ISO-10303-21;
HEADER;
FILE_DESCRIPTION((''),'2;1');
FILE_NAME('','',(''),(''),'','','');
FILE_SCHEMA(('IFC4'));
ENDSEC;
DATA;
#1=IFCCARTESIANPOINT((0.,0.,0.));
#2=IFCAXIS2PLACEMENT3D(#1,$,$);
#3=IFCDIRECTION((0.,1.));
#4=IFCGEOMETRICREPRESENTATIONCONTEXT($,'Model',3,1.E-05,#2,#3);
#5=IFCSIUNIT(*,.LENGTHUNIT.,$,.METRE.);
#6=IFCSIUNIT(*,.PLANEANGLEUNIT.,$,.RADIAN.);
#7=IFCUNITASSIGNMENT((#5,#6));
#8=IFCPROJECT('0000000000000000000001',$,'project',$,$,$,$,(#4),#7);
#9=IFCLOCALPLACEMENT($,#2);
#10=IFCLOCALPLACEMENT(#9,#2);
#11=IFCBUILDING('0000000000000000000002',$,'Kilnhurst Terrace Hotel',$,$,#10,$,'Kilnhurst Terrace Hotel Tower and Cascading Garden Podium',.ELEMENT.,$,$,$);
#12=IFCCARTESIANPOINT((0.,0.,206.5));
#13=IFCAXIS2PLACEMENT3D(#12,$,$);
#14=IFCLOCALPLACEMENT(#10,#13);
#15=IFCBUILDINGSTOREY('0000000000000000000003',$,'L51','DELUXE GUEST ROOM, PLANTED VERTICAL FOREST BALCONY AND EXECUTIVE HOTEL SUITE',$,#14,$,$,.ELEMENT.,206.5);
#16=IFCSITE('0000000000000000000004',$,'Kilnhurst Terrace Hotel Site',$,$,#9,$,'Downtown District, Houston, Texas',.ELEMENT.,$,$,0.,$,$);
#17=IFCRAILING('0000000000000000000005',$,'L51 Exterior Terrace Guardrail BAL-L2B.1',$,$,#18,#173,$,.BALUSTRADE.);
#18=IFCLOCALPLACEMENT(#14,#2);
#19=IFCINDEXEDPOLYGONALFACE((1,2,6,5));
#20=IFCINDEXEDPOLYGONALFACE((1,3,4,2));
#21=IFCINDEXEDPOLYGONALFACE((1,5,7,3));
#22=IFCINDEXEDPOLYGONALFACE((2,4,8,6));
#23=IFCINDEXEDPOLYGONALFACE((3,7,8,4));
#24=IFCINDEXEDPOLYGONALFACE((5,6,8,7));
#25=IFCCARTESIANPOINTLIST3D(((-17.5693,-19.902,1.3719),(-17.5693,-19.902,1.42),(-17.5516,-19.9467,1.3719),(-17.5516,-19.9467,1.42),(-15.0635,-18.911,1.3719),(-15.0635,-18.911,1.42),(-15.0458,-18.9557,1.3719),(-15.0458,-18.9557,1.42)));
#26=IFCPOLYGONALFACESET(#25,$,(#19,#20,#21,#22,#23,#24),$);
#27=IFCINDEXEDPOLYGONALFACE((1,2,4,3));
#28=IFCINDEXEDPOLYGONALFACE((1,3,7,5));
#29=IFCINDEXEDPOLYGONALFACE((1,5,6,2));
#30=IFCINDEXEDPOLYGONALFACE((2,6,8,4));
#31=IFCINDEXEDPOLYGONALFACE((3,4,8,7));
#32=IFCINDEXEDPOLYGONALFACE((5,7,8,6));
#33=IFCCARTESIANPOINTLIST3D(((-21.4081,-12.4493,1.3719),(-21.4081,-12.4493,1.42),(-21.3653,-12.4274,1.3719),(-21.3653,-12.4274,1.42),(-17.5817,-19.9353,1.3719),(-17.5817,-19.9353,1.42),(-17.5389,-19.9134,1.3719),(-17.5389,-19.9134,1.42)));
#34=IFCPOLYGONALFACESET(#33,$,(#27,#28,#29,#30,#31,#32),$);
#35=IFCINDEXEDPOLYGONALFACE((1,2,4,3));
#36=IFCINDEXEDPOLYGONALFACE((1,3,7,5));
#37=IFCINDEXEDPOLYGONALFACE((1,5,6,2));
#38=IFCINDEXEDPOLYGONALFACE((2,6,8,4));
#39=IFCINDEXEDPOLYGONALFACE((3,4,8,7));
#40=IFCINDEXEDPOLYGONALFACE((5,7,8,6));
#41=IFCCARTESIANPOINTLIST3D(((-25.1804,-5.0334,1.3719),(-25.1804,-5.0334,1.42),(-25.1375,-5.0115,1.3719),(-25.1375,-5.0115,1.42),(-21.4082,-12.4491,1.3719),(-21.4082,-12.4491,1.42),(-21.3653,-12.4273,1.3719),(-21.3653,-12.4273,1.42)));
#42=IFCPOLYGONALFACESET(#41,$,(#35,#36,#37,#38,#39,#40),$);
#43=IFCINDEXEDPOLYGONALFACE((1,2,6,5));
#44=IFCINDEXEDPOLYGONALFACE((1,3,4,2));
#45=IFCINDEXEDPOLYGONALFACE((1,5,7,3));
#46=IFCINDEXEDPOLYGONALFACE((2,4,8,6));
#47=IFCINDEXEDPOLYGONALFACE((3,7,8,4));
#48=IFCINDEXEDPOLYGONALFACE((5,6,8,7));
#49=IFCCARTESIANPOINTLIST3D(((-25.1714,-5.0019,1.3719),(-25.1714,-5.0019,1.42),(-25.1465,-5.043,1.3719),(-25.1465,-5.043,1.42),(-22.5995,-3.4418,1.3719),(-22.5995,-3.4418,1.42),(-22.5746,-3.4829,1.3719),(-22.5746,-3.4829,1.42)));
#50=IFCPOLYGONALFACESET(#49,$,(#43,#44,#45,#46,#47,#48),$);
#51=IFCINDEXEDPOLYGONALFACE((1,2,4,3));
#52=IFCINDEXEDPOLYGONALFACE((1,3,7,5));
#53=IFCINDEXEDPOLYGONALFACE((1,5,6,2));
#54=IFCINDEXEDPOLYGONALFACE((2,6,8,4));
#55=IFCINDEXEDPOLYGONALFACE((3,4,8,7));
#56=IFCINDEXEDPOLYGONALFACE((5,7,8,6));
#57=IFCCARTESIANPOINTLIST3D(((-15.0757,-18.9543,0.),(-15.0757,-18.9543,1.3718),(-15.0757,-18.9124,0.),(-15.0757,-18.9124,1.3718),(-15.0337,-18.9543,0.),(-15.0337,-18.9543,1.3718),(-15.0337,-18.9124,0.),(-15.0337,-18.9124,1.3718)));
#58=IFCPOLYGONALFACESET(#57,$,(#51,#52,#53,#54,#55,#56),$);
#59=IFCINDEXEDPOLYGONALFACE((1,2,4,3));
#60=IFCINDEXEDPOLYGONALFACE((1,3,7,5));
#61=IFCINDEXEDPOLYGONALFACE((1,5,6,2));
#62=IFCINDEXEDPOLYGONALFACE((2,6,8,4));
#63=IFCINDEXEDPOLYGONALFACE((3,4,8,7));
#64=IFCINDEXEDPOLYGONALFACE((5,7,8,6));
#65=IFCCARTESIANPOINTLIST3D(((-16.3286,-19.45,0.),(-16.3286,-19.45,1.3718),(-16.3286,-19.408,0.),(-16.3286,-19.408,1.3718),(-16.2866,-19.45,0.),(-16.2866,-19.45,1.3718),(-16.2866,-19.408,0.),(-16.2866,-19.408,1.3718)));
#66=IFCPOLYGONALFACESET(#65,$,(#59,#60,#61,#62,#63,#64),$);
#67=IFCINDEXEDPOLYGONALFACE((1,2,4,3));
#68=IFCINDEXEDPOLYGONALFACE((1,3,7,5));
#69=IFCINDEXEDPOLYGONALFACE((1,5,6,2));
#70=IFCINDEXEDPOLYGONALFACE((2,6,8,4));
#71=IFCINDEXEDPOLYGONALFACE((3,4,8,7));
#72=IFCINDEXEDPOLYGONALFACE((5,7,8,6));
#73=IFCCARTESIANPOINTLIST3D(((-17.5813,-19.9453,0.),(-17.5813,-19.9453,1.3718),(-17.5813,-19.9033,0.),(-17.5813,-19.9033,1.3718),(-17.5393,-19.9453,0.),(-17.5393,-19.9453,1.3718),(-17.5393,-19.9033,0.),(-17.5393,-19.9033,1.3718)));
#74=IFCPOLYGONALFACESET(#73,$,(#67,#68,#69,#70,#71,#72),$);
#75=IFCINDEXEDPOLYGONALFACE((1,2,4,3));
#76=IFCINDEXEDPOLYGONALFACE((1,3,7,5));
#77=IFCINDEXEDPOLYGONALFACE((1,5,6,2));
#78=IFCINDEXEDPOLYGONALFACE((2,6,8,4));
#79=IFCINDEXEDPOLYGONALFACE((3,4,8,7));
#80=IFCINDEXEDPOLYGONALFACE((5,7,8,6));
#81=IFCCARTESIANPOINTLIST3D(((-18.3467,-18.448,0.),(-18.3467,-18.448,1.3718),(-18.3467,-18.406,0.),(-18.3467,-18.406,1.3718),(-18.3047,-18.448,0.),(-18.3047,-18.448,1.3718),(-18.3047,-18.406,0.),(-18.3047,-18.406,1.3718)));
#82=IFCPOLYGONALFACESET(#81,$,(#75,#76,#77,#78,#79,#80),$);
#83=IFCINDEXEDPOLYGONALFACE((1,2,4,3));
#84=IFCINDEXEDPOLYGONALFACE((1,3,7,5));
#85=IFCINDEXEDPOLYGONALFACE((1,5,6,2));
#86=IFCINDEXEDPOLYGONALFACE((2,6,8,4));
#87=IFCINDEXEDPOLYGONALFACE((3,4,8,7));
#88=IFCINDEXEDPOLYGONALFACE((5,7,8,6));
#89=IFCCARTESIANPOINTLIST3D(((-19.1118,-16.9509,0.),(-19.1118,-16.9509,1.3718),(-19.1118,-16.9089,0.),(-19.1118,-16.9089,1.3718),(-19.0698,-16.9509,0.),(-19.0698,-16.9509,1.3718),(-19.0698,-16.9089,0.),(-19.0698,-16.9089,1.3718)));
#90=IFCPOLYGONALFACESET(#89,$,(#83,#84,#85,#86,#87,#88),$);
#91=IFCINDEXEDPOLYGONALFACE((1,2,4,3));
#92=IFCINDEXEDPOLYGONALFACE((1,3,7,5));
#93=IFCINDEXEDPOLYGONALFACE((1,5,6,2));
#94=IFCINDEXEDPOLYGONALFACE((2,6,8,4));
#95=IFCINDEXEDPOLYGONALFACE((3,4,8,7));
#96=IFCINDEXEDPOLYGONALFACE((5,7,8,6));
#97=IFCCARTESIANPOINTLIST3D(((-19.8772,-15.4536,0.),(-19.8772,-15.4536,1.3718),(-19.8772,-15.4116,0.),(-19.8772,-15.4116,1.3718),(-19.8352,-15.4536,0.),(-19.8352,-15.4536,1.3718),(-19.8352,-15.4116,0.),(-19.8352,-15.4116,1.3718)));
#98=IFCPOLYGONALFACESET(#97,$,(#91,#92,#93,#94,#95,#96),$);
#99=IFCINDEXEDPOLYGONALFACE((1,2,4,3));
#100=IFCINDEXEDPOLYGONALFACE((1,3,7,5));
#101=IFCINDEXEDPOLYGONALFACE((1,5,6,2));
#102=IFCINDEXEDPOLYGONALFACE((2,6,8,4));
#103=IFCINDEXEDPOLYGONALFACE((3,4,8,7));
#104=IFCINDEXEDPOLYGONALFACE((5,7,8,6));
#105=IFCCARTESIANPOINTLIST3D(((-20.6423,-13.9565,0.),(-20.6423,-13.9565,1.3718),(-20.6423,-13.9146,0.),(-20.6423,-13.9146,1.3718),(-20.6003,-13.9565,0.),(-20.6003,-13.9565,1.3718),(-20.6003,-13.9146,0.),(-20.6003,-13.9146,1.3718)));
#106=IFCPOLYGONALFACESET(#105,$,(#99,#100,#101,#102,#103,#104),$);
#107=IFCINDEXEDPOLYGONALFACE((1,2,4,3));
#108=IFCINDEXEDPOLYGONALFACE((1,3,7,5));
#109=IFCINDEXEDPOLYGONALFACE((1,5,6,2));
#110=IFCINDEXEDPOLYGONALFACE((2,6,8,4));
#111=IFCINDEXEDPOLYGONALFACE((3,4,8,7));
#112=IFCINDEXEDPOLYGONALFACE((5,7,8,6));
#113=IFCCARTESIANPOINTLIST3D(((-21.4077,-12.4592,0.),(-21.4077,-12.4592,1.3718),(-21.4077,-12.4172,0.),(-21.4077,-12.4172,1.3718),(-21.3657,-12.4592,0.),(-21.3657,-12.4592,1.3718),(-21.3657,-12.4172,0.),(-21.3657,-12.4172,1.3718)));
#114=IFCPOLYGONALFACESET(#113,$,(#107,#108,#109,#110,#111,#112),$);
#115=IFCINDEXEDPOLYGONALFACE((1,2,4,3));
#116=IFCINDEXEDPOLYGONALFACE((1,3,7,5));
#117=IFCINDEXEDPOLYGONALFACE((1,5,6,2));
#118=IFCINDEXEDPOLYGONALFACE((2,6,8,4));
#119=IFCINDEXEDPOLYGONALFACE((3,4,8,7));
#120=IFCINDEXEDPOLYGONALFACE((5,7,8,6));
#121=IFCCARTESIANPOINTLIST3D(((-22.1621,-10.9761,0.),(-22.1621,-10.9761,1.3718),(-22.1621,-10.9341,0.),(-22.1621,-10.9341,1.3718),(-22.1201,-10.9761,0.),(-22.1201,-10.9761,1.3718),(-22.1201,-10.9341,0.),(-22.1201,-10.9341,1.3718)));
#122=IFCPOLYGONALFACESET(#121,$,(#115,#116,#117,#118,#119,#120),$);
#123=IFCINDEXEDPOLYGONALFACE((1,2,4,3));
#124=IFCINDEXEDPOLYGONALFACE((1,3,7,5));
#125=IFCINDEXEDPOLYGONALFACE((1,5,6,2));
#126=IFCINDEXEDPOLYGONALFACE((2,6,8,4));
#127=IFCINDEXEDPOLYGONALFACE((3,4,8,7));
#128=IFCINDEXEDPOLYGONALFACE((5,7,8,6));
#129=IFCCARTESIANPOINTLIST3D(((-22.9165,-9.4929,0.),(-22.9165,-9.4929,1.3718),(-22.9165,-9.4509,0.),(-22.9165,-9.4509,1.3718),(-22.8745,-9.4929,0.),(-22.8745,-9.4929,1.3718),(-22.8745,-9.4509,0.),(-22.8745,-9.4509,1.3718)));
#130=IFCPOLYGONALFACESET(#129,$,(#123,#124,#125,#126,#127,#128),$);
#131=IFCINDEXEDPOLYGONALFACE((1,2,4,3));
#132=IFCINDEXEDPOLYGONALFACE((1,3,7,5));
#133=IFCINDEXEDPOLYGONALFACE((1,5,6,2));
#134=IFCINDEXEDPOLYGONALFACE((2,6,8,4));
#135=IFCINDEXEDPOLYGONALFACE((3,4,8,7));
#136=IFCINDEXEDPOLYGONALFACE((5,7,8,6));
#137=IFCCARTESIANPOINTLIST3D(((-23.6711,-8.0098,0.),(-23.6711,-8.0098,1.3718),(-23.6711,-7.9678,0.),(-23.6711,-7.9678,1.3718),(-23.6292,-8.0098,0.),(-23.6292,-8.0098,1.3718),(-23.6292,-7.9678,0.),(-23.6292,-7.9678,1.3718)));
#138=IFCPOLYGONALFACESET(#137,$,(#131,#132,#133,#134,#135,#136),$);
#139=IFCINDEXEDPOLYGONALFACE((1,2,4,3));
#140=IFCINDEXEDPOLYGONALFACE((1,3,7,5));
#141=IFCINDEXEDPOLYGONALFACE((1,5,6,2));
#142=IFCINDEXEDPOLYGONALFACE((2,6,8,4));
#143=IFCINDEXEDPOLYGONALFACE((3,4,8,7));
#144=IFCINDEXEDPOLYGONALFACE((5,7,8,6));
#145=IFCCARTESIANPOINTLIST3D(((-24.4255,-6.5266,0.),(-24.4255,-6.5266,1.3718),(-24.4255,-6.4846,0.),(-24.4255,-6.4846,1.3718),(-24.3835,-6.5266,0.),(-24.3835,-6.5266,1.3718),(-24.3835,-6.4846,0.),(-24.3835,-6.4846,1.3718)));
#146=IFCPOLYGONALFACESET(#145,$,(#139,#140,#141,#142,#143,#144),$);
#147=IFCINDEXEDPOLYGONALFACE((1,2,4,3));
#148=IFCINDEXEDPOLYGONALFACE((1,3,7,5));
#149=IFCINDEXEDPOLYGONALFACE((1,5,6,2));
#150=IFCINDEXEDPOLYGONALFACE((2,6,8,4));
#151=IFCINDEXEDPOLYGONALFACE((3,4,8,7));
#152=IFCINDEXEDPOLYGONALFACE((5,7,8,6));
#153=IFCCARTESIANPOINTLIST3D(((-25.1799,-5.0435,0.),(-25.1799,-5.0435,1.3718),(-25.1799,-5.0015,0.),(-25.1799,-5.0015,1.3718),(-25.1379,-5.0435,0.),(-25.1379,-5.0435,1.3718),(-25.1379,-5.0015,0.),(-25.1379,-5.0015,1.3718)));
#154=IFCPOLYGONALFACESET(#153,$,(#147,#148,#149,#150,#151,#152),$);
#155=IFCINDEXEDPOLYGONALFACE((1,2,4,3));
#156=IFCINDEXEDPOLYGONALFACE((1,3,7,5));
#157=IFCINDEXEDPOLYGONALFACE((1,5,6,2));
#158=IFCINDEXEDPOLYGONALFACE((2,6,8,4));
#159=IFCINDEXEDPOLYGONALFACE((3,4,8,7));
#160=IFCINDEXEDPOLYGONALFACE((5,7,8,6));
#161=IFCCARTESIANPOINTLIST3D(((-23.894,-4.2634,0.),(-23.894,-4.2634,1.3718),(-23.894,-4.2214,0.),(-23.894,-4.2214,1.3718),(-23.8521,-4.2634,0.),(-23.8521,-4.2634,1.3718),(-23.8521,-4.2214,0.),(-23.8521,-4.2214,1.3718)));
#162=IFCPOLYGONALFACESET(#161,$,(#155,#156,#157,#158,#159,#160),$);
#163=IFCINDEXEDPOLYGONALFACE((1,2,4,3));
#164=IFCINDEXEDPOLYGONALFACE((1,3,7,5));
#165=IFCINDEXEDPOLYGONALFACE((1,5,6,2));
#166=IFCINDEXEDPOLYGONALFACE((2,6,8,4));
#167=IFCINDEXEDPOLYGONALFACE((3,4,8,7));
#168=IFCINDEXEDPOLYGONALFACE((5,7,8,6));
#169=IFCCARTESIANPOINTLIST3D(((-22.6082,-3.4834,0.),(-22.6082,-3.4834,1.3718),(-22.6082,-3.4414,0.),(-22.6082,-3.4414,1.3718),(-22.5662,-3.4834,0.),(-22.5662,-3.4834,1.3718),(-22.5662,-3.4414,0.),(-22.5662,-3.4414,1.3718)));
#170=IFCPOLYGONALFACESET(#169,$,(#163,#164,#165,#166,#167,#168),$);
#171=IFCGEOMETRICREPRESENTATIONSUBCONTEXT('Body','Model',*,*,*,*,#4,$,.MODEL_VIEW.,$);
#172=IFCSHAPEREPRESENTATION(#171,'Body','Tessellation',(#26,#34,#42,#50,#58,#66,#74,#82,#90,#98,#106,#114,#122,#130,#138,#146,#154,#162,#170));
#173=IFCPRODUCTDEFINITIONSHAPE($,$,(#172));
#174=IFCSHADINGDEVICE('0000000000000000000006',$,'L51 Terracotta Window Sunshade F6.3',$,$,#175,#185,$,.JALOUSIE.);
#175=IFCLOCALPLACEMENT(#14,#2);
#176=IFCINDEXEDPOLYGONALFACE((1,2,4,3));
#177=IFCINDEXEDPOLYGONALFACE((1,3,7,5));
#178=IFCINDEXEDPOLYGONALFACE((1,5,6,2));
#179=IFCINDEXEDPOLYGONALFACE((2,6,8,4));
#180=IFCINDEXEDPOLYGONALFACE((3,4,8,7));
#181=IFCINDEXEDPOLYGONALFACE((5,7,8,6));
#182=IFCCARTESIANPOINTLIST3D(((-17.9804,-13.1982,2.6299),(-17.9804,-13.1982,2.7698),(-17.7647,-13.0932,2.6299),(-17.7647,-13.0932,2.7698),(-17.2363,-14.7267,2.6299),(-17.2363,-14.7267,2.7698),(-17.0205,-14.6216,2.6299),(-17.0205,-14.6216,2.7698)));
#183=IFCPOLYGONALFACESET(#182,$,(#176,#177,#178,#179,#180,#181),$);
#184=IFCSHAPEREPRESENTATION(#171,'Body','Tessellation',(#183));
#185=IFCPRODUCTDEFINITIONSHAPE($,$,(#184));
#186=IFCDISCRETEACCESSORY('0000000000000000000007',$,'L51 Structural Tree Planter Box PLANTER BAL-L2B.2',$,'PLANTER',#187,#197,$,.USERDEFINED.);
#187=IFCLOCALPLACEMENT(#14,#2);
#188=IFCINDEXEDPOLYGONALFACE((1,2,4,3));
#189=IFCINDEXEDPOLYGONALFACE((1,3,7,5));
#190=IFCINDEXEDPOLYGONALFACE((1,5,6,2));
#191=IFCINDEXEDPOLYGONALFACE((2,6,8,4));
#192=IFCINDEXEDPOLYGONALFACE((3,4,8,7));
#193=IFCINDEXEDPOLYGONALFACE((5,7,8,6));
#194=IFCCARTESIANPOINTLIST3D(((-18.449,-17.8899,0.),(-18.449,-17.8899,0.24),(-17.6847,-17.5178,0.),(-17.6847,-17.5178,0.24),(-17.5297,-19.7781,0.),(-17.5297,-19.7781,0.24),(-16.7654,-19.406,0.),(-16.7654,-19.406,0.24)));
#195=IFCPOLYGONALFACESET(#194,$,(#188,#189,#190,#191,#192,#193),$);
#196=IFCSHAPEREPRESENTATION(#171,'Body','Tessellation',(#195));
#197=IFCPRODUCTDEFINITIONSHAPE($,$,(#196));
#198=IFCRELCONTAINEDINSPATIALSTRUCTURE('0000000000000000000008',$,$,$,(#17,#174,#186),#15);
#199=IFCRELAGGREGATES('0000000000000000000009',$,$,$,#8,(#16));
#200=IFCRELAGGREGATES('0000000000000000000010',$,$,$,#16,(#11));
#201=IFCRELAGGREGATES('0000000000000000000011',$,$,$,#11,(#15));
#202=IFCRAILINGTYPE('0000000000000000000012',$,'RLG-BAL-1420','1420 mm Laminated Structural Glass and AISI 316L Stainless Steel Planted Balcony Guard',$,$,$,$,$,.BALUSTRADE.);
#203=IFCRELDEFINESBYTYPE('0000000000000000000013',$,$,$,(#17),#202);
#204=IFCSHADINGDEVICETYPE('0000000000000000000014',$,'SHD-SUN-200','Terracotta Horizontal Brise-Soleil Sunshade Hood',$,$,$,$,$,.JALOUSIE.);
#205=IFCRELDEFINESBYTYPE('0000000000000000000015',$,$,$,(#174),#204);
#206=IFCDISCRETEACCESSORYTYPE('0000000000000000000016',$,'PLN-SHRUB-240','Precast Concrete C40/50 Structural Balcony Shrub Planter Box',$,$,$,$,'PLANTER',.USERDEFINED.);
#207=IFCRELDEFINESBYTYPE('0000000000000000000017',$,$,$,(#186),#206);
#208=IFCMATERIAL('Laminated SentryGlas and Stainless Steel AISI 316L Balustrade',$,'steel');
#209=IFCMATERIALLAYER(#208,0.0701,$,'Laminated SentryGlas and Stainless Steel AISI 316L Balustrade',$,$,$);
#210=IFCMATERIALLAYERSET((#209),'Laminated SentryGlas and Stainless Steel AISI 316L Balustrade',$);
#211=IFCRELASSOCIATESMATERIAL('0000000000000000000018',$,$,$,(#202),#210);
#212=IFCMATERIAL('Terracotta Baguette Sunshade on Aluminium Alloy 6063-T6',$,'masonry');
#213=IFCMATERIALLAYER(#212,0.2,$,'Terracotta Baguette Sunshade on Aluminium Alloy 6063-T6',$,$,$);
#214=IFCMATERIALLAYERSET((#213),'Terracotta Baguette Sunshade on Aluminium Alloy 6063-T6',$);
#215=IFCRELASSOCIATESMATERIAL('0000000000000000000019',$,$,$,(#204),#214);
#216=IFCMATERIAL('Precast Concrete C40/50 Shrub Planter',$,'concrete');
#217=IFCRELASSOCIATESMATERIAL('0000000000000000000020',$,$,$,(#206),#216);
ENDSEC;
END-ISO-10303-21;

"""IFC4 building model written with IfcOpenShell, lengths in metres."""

from ifc_helpers import new_model, si_unit, direction, frame, origin, origin_2d, place, context, subcontext, project, spatial, rectangle, extrude, material, layer, layer_set, type_object, element, save


model = new_model("IFC4")

# Units and contexts
model_context = context("Model", 3, precision=1e-05, world=origin(), true_north=direction((0.0, 1.0)))
body_context = subcontext(model_context, "Body", "Model", "MODEL_VIEW")
ifc_project = project(units=[si_unit("LENGTHUNIT", "METRE"), si_unit("PLANEANGLEUNIT", "RADIAN")], contexts=[model_context])

# Site, building, storey
site_placement = place(None, origin())
site = spatial("IfcSite", under=ifc_project, at=site_placement, Name="Kilnhurst Terrace Hotel Site", LongName="Downtown District, Houston, Texas", CompositionType="ELEMENT", RefElevation=0.0)
building_placement = place(site_placement, origin())
building = spatial("IfcBuilding", under=site, at=building_placement, Name="Kilnhurst Terrace Hotel", LongName="Kilnhurst Terrace Hotel Tower and Cascading Garden Podium", CompositionType="ELEMENT")
storey_placement = place(building_placement, frame((0.0, 0.0, 206.5)))
storey = spatial("IfcBuildingStorey", under=building, at=storey_placement, Name="L51", Description="DELUXE GUEST ROOM, PLANTED VERTICAL FOREST BALCONY AND EXECUTIVE HOTEL SUITE", CompositionType="ELEMENT", Elevation=206.5)

# Railing
ifc_material_1 = material(Name="Laminated SentryGlas and Stainless Steel AISI 316L Balustrade", Category="steel")
ifc_layer_1 = layer(ifc_material_1, 0.0701, Name="Laminated SentryGlas and Stainless Steel AISI 316L Balustrade")
ifc_layer_set_1 = layer_set([ifc_layer_1], Name="Laminated SentryGlas and Stainless Steel AISI 316L Balustrade")
railing_type = type_object("IfcRailingType", Name="RLG-BAL-1420", Description="1420 mm Laminated Structural Glass and AISI 316L Stainless Steel Planted Balcony Guard", PredefinedType="BALUSTRADE", material=ifc_layer_set_1)
railing_placement = place(storey_placement, frame((-15.0547, -18.9333, 0.0)))
element("IfcRailing", 1, at=railing_placement, inside=storey, type_object=railing_type, Name="L51 Exterior Terrace Guardrail BAL-L2B.1", PredefinedType="BALUSTRADE", context=body_context, shape_type="SweptSolid", body=[
    extrude(rectangle(XDim=0.0481, YDim=0.0481, at=origin_2d()), frame((0.0, 0.0, 1.396), z_axis=(-0.929913, -0.367779, 0.0), x_axis=(0.367779, -0.929913, 0.0)), (0.0, 0.0, 1.0), 2.6946),
    extrude(rectangle(XDim=0.0481, YDim=0.0481, at=origin_2d()), frame((-2.5056, -0.991, 1.396), z_axis=(-0.455129, 0.890425, 0.0), x_axis=(-0.890425, -0.455129, 0.0)), (0.0, 0.0, 1.0), 8.4072),
    extrude(rectangle(XDim=0.0481, YDim=0.0481, at=origin_2d()), frame((-6.332, 6.4951, 1.396), z_axis=(-0.453389, 0.891313, 0.0), x_axis=(-0.891313, -0.453389, 0.0)), (0.0, 0.0, 1.0), 8.3201),
    extrude(rectangle(XDim=0.0481, YDim=0.0481, at=origin_2d()), frame((-10.1042, 13.9109, 1.396), z_axis=(0.854991, 0.518643, 0.0), x_axis=(-0.518643, 0.854991, 0.0)), (0.0, 0.0, 1.0), 3.0081),
    extrude(rectangle(XDim=0.042, YDim=0.042, at=origin_2d()), origin(), (0.0, 0.0, 1.0), 1.3718),
    extrude(rectangle(XDim=0.042, YDim=0.042, at=origin_2d()), frame((-1.2529, -0.4956, 0.0)), (0.0, 0.0, 1.0), 1.3718),
    extrude(rectangle(XDim=0.042, YDim=0.042, at=origin_2d()), frame((-2.5056, -0.991, 0.0)), (0.0, 0.0, 1.0), 1.3718),
    extrude(rectangle(XDim=0.042, YDim=0.042, at=origin_2d()), frame((-3.271, 0.5063, 0.0)), (0.0, 0.0, 1.0), 1.3718),
    extrude(rectangle(XDim=0.042, YDim=0.042, at=origin_2d()), frame((-4.0361, 2.0034, 0.0)), (0.0, 0.0, 1.0), 1.3718),
    extrude(rectangle(XDim=0.042, YDim=0.042, at=origin_2d()), frame((-4.8015, 3.5007, 0.0)), (0.0, 0.0, 1.0), 1.3718),
    extrude(rectangle(XDim=0.042, YDim=0.042, at=origin_2d()), frame((-5.5667, 4.9978, 0.0)), (0.0, 0.0, 1.0), 1.3718),
    extrude(rectangle(XDim=0.042, YDim=0.042, at=origin_2d()), frame((-6.332, 6.4951, 0.0)), (0.0, 0.0, 1.0), 1.3718),
    extrude(rectangle(XDim=0.042, YDim=0.042, at=origin_2d()), frame((-7.0864, 7.9783, 0.0)), (0.0, 0.0, 1.0), 1.3718),
    extrude(rectangle(XDim=0.042, YDim=0.042, at=origin_2d()), frame((-7.8408, 9.4614, 0.0)), (0.0, 0.0, 1.0), 1.3718),
    extrude(rectangle(XDim=0.042, YDim=0.042, at=origin_2d()), frame((-8.5955, 10.9446, 0.0)), (0.0, 0.0, 1.0), 1.3718),
    extrude(rectangle(XDim=0.042, YDim=0.042, at=origin_2d()), frame((-9.3499, 12.4277, 0.0)), (0.0, 0.0, 1.0), 1.3718),
    extrude(rectangle(XDim=0.042, YDim=0.042, at=origin_2d()), frame((-10.1042, 13.9109, 0.0)), (0.0, 0.0, 1.0), 1.3718),
    extrude(rectangle(XDim=0.042, YDim=0.042, at=origin_2d()), frame((-8.8184, 14.6909, 0.0)), (0.0, 0.0, 1.0), 1.3718),
    extrude(rectangle(XDim=0.042, YDim=0.042, at=origin_2d()), frame((-7.5325, 15.4709, 0.0)), (0.0, 0.0, 1.0), 1.3718),
])

# Shading device
ifc_material_2 = material(Name="Terracotta Baguette Sunshade on Aluminium Alloy 6063-T6", Category="masonry")
ifc_layer_2 = layer(ifc_material_2, 0.2, Name="Terracotta Baguette Sunshade on Aluminium Alloy 6063-T6")
ifc_layer_set_2 = layer_set([ifc_layer_2], Name="Terracotta Baguette Sunshade on Aluminium Alloy 6063-T6")
shading_device_type = type_object("IfcShadingDeviceType", Name="SHD-SUN-200", Description="Terracotta Horizontal Brise-Soleil Sunshade Hood", PredefinedType="JALOUSIE", material=ifc_layer_set_2)
shading_device_placement = place(storey_placement, frame((-17.5005, -13.9099, 2.6299), z_axis=(0.0, 0.0, 1.0), x_axis=(0.437744, -0.8991, 0.0)))
element("IfcShadingDevice", 2, at=shading_device_placement, inside=storey, type_object=shading_device_type, Name="L51 Terracotta Window Sunshade F6.3", PredefinedType="JALOUSIE", context=body_context, shape_type="SweptSolid", body=[
    extrude(rectangle(XDim=1.7, YDim=0.24, at=origin_2d()), origin(), (0.0, 0.0, 1.0), 0.1399),
])

# Discrete accessory
ifc_material_3 = material(Name="Precast Concrete C40/50 Shrub Planter", Category="concrete")
discrete_accessory_type = type_object("IfcDiscreteAccessoryType", Name="PLN-SHRUB-240", Description="Precast Concrete C40/50 Structural Balcony Shrub Planter Box", ElementType="PLANTER", PredefinedType="USERDEFINED", material=ifc_material_3)
discrete_accessory_placement = place(storey_placement, frame((-17.6072, -18.6479, 0.0), z_axis=(0.0, 0.0, 1.0), x_axis=(0.437744, -0.8991, 0.0)))
element("IfcDiscreteAccessory", 3, at=discrete_accessory_placement, inside=storey, type_object=discrete_accessory_type, Name="L51 Structural Tree Planter Box PLANTER BAL-L2B.2", ObjectType="PLANTER", PredefinedType="USERDEFINED", context=body_context, shape_type="SweptSolid", body=[
    extrude(rectangle(XDim=2.1001, YDim=0.8501, at=origin_2d()), origin(), (0.0, 0.0, 1.0), 0.24),
])

save(model, "model.ifc")
